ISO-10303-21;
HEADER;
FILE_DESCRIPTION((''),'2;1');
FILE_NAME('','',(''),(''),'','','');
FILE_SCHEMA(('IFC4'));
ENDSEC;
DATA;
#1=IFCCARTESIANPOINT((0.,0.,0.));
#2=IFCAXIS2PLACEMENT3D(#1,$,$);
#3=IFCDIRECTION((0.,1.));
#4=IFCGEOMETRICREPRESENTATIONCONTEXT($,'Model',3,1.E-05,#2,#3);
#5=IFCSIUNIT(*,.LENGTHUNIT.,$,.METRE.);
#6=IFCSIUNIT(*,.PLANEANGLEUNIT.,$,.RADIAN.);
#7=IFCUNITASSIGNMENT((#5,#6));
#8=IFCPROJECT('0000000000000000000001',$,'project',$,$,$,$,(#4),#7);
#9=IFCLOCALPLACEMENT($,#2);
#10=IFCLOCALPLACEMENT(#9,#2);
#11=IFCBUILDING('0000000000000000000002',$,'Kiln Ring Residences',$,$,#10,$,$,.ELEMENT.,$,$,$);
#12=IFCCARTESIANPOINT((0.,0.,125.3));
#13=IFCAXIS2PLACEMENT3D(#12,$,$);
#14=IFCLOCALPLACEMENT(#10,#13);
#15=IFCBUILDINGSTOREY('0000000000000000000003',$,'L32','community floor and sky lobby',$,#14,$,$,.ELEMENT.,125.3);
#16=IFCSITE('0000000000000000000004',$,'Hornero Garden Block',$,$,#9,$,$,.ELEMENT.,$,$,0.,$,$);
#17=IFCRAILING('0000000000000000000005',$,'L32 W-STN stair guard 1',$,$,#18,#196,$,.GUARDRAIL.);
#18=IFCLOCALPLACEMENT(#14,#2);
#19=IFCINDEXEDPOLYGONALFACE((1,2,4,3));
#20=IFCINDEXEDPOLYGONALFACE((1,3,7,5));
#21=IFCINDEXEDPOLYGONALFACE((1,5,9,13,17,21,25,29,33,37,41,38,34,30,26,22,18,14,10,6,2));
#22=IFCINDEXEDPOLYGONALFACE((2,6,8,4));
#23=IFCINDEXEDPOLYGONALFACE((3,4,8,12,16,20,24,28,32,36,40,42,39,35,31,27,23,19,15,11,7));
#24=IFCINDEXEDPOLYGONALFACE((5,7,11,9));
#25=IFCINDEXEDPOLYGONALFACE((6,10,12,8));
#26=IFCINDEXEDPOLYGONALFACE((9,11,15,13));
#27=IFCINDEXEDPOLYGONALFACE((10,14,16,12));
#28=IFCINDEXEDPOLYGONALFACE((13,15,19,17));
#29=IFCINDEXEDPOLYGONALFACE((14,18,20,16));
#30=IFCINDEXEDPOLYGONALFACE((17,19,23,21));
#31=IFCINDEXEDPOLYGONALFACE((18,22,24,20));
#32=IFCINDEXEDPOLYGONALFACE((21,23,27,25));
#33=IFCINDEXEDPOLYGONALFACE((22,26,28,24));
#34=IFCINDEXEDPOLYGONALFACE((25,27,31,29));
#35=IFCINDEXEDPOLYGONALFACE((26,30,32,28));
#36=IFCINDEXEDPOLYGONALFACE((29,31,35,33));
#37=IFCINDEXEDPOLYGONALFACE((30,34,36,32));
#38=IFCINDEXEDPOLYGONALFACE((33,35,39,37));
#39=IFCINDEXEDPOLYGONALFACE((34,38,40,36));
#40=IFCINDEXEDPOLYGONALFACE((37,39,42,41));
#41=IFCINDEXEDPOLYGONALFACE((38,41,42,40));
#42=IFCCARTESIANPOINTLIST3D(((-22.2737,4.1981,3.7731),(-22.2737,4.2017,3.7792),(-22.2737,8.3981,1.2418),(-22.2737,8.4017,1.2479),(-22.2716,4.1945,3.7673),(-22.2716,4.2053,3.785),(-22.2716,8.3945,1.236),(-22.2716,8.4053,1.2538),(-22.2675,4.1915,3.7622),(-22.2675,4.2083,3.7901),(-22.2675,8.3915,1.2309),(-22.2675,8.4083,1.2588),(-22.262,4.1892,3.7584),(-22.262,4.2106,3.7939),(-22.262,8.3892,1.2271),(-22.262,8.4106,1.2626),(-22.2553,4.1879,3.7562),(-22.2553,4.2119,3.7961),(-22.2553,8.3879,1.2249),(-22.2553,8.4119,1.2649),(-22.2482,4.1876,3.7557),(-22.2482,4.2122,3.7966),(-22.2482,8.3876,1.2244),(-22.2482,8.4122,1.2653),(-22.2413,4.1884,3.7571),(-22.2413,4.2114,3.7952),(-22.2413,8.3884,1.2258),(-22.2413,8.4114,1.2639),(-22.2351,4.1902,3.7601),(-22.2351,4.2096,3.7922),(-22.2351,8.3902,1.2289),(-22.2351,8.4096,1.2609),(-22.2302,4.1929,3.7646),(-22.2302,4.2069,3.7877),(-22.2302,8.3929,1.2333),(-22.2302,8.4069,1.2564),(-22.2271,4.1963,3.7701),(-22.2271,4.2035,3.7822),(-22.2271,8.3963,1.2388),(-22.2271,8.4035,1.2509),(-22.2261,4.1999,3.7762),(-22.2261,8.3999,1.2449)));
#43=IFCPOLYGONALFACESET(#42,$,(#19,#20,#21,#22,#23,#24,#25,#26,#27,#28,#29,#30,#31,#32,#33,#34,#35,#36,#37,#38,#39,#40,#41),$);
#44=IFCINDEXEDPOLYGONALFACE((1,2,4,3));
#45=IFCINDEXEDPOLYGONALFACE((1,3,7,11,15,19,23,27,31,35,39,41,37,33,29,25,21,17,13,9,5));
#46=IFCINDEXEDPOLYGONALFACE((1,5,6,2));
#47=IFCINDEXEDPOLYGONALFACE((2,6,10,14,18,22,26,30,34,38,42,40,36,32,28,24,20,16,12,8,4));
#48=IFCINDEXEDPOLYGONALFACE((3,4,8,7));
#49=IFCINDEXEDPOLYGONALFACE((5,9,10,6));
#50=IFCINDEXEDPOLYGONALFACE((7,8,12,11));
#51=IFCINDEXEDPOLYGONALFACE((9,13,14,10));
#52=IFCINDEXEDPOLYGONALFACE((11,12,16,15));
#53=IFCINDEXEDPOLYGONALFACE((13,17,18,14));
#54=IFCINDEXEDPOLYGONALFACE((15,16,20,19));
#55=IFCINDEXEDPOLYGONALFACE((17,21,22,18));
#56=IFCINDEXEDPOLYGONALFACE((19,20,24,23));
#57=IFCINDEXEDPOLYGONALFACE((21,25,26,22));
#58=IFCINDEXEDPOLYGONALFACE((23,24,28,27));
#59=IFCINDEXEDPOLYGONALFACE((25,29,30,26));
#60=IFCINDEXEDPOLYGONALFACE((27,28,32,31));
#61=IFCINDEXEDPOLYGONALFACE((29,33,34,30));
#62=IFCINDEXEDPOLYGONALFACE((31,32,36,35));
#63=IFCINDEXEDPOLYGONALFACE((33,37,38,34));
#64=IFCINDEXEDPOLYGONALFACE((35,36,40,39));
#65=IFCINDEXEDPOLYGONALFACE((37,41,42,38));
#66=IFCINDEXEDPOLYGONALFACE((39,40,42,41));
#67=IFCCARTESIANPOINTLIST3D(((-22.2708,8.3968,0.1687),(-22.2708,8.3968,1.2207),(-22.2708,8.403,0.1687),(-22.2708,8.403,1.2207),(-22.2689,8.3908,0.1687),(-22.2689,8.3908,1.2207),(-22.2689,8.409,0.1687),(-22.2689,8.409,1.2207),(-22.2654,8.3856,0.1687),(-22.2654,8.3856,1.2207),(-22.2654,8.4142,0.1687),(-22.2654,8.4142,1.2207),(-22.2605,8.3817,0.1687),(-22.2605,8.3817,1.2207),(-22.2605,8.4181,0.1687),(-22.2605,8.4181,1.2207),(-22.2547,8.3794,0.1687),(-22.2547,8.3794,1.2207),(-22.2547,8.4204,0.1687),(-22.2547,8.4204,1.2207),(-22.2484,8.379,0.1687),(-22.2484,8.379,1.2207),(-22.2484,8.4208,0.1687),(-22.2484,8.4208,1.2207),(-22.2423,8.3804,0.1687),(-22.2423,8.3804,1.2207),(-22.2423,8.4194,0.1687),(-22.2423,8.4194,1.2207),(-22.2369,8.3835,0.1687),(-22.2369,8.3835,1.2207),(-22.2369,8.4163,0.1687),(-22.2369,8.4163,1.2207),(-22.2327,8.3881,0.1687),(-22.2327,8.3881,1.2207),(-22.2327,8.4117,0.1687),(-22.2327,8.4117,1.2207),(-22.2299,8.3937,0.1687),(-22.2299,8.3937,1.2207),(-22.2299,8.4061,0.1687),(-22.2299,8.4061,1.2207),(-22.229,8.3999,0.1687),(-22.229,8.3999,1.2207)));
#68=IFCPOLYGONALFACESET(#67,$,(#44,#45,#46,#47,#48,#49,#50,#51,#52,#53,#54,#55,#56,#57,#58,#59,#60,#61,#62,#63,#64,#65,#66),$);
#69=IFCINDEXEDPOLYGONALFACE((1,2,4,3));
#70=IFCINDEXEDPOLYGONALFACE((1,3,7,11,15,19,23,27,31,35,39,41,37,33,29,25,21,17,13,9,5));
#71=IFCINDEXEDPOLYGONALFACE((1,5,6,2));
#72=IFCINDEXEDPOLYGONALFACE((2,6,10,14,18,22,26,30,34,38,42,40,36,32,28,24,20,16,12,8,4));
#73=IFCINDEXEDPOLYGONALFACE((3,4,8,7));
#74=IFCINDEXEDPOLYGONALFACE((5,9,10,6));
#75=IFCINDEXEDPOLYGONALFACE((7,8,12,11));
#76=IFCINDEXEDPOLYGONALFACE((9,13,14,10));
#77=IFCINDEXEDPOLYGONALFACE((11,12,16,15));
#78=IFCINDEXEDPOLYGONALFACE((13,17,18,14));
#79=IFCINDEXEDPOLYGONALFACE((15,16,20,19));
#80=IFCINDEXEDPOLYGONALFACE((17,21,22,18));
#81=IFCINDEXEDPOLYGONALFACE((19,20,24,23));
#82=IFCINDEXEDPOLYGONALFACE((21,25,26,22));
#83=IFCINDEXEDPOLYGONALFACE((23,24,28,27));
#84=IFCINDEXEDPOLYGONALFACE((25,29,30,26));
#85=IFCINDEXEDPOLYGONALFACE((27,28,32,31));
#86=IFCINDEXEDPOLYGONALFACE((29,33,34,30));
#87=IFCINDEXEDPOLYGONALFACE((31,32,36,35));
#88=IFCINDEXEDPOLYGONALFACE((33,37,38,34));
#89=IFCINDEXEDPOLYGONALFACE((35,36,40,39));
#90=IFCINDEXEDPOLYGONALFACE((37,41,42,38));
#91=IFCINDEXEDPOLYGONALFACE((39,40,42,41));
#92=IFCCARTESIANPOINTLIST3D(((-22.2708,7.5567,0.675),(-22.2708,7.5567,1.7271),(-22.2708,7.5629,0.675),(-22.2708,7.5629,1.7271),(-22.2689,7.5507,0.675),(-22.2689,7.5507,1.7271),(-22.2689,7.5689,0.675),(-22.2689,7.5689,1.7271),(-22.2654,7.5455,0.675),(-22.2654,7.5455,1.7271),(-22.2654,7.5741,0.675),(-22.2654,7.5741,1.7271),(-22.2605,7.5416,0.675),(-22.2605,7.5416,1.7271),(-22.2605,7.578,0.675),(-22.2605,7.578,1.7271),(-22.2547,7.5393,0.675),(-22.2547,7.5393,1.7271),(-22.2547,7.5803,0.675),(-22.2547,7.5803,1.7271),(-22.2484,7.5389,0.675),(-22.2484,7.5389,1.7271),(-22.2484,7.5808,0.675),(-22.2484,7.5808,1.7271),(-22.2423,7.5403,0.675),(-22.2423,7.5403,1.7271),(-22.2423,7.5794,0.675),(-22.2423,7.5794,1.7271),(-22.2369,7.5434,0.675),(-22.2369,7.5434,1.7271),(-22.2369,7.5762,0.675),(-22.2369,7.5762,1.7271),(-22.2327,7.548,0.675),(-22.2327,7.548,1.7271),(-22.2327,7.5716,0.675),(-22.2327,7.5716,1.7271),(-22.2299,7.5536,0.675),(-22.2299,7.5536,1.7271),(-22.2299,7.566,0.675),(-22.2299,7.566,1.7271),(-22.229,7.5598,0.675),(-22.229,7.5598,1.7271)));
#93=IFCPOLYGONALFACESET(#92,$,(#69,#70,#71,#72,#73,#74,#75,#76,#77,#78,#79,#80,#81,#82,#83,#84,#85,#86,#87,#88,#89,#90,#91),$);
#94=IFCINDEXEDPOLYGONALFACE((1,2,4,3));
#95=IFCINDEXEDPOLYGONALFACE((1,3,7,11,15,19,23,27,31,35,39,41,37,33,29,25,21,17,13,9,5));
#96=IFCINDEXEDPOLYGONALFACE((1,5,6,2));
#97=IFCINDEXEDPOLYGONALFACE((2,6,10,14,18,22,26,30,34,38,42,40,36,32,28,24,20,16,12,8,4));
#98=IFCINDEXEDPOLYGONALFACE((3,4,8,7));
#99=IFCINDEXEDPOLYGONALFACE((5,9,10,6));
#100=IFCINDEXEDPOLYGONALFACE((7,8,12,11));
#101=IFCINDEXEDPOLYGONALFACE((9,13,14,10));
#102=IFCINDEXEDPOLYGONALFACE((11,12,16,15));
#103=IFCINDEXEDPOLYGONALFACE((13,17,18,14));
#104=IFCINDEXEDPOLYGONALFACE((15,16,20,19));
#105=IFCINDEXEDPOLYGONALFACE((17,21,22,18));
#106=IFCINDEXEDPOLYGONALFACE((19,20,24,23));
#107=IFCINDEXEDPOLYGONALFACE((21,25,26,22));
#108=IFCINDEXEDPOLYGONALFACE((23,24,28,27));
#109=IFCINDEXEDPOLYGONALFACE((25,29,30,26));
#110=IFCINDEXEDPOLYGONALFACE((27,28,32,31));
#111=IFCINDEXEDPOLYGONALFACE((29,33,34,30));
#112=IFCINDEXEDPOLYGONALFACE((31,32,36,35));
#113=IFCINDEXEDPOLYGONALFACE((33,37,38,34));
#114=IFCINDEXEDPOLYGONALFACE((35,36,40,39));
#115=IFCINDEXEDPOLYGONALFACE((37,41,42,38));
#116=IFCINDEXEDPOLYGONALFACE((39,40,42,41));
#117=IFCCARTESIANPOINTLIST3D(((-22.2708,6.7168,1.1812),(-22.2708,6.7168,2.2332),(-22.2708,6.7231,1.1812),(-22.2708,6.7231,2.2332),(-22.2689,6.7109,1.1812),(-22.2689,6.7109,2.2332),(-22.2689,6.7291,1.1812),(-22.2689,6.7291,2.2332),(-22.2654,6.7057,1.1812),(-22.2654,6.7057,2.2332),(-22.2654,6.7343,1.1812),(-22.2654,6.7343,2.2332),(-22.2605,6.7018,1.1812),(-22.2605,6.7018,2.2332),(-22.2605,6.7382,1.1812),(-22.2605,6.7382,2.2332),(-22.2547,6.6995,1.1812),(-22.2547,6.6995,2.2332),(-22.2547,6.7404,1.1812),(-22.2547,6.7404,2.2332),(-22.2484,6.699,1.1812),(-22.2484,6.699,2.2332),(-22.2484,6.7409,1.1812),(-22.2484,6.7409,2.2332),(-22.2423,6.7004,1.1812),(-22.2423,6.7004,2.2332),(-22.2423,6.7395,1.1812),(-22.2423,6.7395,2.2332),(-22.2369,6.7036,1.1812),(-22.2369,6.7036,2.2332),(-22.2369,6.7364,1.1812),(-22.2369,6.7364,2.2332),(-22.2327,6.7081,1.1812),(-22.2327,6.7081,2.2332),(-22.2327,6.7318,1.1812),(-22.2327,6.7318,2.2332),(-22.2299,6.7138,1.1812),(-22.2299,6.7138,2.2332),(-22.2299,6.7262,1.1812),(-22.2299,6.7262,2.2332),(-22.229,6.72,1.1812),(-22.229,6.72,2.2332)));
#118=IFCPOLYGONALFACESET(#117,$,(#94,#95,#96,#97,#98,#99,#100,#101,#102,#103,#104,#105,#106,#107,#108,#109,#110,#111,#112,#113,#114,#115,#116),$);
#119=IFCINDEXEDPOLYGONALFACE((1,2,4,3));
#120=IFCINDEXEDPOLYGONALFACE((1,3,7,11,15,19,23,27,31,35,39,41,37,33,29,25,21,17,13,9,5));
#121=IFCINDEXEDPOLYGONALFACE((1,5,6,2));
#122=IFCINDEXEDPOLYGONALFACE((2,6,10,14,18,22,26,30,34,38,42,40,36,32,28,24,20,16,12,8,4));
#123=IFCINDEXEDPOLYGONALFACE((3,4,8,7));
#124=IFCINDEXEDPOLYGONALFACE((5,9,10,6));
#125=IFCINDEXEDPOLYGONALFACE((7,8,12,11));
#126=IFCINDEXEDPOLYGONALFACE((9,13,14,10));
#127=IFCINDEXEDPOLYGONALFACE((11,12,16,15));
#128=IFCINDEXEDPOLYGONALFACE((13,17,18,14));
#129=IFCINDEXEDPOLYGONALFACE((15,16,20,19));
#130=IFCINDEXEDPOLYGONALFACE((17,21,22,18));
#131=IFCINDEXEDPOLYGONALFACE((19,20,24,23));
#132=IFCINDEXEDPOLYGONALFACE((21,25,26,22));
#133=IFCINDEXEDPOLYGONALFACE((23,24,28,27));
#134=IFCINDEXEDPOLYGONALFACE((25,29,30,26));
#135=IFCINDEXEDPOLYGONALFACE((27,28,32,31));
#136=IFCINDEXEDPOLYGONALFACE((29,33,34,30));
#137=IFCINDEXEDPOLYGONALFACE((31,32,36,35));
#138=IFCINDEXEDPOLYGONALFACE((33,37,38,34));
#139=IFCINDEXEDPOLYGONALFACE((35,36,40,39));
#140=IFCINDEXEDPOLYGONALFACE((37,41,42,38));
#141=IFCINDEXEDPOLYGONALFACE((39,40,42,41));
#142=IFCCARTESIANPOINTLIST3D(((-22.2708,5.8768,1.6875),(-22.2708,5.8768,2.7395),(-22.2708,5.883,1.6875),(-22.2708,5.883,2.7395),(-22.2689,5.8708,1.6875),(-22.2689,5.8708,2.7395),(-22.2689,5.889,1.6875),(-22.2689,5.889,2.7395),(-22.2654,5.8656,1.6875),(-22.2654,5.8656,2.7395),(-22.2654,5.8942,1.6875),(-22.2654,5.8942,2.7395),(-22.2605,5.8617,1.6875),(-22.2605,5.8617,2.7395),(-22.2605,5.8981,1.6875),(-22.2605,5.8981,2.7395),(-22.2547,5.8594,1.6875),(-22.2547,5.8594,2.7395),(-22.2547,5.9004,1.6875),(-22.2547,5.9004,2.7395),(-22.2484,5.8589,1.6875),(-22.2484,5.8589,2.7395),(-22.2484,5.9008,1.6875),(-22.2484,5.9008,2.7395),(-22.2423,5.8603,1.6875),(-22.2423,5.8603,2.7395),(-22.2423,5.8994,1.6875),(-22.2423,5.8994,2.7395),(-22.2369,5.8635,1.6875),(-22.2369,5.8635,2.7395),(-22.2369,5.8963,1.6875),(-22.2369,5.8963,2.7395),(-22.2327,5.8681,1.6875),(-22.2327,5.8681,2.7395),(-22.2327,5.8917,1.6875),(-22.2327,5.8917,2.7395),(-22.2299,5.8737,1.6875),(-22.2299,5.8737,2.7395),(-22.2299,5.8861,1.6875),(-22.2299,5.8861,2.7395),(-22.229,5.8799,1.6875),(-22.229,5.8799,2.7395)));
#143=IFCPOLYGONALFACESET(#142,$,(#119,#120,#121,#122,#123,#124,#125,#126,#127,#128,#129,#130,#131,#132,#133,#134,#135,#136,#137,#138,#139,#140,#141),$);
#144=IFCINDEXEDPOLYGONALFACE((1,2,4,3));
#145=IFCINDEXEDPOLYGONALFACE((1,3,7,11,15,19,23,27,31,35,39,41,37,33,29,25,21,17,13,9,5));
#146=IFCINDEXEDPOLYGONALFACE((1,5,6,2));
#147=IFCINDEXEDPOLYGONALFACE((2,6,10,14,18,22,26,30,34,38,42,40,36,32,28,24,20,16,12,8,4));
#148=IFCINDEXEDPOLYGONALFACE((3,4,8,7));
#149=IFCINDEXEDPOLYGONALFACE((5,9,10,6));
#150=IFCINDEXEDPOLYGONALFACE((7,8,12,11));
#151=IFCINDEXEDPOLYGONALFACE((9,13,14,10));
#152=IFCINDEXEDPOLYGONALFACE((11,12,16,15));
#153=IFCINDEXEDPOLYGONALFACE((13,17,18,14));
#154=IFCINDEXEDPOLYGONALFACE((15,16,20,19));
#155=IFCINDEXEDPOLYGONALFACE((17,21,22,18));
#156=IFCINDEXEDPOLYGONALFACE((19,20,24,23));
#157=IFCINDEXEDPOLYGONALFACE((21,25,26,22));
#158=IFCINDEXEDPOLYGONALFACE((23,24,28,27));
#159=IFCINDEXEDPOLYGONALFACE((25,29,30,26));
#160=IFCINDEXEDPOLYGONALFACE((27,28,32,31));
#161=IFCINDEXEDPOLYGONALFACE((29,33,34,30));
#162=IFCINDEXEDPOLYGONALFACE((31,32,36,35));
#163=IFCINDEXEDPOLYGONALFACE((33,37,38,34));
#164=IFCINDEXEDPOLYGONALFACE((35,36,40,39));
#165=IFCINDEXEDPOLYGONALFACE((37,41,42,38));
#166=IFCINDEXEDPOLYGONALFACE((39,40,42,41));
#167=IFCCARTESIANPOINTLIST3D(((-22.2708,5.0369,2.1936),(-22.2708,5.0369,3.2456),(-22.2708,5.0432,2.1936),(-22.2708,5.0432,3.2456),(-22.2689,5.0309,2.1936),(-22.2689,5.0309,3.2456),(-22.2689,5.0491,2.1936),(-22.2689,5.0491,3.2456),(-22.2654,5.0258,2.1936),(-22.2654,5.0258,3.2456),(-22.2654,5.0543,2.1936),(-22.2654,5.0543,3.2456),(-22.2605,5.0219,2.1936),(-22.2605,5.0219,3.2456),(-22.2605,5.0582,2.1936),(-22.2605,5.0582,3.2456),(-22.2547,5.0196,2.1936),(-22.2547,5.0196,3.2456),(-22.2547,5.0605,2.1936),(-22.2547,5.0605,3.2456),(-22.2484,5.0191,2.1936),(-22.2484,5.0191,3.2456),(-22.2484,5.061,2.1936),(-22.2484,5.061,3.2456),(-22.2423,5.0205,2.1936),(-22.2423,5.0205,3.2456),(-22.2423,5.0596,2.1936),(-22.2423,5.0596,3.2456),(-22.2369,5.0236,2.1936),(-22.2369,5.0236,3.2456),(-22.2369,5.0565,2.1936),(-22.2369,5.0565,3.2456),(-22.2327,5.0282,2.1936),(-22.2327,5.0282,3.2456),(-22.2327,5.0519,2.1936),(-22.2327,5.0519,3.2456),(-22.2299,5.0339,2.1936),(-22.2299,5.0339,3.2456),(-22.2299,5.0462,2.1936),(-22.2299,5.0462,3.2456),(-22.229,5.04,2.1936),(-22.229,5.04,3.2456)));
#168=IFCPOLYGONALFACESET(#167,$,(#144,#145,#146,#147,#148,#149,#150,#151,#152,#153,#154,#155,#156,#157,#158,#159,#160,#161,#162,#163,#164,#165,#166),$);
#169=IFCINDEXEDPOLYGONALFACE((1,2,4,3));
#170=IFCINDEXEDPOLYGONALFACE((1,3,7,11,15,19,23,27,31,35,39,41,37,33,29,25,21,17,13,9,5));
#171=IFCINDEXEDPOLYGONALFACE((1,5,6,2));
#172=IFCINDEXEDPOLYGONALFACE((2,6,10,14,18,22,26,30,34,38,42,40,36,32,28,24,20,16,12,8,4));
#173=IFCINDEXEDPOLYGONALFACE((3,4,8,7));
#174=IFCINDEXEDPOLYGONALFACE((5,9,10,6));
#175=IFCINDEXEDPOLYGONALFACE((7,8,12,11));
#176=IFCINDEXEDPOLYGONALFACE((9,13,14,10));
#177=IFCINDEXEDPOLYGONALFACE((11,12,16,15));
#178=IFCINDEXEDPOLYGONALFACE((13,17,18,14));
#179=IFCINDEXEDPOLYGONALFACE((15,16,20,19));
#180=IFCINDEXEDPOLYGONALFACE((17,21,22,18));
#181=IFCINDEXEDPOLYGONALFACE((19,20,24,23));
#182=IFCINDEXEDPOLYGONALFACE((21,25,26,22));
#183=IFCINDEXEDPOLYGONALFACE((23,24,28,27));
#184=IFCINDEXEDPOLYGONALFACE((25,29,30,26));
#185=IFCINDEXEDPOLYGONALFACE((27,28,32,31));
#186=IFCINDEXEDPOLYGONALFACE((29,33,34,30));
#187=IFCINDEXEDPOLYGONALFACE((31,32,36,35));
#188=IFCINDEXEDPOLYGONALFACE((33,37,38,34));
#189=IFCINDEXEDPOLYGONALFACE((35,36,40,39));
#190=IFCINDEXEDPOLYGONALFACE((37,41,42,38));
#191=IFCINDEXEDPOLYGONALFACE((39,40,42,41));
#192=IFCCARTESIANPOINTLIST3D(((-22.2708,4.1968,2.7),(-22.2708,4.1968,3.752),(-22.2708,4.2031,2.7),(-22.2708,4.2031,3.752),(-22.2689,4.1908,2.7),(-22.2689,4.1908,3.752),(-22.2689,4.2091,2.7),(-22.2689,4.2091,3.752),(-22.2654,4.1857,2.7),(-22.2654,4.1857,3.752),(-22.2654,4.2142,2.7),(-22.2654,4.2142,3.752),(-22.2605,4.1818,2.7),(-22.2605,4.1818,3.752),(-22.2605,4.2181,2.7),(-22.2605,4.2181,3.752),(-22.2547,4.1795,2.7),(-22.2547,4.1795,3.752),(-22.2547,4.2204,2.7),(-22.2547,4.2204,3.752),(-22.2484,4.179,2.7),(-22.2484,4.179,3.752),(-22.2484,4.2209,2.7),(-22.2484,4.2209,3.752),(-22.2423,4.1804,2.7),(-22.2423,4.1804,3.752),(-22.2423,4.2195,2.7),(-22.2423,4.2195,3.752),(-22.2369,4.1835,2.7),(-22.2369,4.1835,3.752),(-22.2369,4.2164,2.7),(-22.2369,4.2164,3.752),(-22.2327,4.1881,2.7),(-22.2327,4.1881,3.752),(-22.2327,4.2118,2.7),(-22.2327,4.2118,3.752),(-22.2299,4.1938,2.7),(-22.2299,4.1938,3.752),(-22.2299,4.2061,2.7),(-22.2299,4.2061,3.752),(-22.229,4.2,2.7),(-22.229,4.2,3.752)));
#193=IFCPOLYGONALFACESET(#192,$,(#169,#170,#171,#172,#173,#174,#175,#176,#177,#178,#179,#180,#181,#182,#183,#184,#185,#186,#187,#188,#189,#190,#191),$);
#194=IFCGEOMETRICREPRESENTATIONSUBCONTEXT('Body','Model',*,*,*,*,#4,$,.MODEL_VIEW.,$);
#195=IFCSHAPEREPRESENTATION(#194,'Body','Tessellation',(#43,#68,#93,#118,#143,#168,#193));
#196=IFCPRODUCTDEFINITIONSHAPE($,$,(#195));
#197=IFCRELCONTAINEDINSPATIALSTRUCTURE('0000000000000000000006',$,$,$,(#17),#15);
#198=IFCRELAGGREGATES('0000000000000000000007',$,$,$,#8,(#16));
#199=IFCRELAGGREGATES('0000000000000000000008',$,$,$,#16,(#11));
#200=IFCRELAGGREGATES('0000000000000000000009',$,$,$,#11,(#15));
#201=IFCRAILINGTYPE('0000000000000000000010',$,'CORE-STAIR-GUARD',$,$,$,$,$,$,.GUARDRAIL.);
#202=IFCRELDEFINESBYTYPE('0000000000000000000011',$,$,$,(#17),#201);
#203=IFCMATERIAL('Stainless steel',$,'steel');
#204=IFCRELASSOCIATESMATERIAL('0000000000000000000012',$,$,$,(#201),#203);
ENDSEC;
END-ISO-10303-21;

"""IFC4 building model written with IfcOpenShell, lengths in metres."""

from ifc_helpers import new_model, si_unit, direction, frame, origin, origin_2d, place, context, subcontext, project, spatial, circle, extrude, material, type_object, element, save


model = new_model("IFC4")

# Units and contexts
model_context = context("Model", 3, precision=1e-05, world=origin(), true_north=direction((0.0, 1.0)))
body_context = subcontext(model_context, "Body", "Model", "MODEL_VIEW")
ifc_project = project(units=[si_unit("LENGTHUNIT", "METRE"), si_unit("PLANEANGLEUNIT", "RADIAN")], contexts=[model_context])

# Site, building, storey
site_placement = place(None, origin())
site = spatial("IfcSite", under=ifc_project, at=site_placement, Name="Hornero Garden Block", CompositionType="ELEMENT", RefElevation=0.0)
building_placement = place(site_placement, origin())
building = spatial("IfcBuilding", under=site, at=building_placement, Name="Kiln Ring Residences", CompositionType="ELEMENT")
storey_placement = place(building_placement, frame((0.0, 0.0, 125.3)))
storey = spatial("IfcBuildingStorey", under=building, at=storey_placement, Name="L32", Description="community floor and sky lobby", CompositionType="ELEMENT", Elevation=125.3)

# Railing
ifc_material_1 = material(Name="Stainless steel", Category="steel")
railing_type_1 = type_object("IfcRailingType", Name="CORE-STAIR-GUARD", PredefinedType="GUARDRAIL", material=ifc_material_1)
railing_1_placement = place(storey_placement, frame((-22.25, 8.3999, 0.1687)))
element("IfcRailing", 1, at=railing_1_placement, inside=storey, type_object=railing_type_1, Name="L32 W-STN stair guard 1", PredefinedType="GUARDRAIL", context=body_context, shape_type="SweptSolid", body=[
    extrude(circle(Radius=0.0239, at=origin_2d()), frame((0.0, 0.0, 1.0762), z_axis=(0.0, -0.856476, 0.516186), x_axis=(1.0, 0.0, 0.0)), (0.0, 0.0, 1.0), 4.9038),
    extrude(circle(Radius=0.021, at=origin_2d()), origin(), (0.0, 0.0, 1.0), 1.052),
    extrude(circle(Radius=0.021, at=origin_2d()), frame((0.0, -0.8401, 0.5063)), (0.0, 0.0, 1.0), 1.052),
    extrude(circle(Radius=0.021, at=origin_2d()), frame((0.0, -1.6799, 1.0125)), (0.0, 0.0, 1.0), 1.052),
    extrude(circle(Radius=0.021, at=origin_2d()), frame((0.0, -2.52, 1.5188)), (0.0, 0.0, 1.0), 1.052),
    extrude(circle(Radius=0.021, at=origin_2d()), frame((0.0, -3.3599, 2.0249)), (0.0, 0.0, 1.0), 1.052),
    extrude(circle(Radius=0.021, at=origin_2d()), frame((0.0, -4.2, 2.5312)), (0.0, 0.0, 1.0), 1.052),
])

save(model, "model.ifc")
